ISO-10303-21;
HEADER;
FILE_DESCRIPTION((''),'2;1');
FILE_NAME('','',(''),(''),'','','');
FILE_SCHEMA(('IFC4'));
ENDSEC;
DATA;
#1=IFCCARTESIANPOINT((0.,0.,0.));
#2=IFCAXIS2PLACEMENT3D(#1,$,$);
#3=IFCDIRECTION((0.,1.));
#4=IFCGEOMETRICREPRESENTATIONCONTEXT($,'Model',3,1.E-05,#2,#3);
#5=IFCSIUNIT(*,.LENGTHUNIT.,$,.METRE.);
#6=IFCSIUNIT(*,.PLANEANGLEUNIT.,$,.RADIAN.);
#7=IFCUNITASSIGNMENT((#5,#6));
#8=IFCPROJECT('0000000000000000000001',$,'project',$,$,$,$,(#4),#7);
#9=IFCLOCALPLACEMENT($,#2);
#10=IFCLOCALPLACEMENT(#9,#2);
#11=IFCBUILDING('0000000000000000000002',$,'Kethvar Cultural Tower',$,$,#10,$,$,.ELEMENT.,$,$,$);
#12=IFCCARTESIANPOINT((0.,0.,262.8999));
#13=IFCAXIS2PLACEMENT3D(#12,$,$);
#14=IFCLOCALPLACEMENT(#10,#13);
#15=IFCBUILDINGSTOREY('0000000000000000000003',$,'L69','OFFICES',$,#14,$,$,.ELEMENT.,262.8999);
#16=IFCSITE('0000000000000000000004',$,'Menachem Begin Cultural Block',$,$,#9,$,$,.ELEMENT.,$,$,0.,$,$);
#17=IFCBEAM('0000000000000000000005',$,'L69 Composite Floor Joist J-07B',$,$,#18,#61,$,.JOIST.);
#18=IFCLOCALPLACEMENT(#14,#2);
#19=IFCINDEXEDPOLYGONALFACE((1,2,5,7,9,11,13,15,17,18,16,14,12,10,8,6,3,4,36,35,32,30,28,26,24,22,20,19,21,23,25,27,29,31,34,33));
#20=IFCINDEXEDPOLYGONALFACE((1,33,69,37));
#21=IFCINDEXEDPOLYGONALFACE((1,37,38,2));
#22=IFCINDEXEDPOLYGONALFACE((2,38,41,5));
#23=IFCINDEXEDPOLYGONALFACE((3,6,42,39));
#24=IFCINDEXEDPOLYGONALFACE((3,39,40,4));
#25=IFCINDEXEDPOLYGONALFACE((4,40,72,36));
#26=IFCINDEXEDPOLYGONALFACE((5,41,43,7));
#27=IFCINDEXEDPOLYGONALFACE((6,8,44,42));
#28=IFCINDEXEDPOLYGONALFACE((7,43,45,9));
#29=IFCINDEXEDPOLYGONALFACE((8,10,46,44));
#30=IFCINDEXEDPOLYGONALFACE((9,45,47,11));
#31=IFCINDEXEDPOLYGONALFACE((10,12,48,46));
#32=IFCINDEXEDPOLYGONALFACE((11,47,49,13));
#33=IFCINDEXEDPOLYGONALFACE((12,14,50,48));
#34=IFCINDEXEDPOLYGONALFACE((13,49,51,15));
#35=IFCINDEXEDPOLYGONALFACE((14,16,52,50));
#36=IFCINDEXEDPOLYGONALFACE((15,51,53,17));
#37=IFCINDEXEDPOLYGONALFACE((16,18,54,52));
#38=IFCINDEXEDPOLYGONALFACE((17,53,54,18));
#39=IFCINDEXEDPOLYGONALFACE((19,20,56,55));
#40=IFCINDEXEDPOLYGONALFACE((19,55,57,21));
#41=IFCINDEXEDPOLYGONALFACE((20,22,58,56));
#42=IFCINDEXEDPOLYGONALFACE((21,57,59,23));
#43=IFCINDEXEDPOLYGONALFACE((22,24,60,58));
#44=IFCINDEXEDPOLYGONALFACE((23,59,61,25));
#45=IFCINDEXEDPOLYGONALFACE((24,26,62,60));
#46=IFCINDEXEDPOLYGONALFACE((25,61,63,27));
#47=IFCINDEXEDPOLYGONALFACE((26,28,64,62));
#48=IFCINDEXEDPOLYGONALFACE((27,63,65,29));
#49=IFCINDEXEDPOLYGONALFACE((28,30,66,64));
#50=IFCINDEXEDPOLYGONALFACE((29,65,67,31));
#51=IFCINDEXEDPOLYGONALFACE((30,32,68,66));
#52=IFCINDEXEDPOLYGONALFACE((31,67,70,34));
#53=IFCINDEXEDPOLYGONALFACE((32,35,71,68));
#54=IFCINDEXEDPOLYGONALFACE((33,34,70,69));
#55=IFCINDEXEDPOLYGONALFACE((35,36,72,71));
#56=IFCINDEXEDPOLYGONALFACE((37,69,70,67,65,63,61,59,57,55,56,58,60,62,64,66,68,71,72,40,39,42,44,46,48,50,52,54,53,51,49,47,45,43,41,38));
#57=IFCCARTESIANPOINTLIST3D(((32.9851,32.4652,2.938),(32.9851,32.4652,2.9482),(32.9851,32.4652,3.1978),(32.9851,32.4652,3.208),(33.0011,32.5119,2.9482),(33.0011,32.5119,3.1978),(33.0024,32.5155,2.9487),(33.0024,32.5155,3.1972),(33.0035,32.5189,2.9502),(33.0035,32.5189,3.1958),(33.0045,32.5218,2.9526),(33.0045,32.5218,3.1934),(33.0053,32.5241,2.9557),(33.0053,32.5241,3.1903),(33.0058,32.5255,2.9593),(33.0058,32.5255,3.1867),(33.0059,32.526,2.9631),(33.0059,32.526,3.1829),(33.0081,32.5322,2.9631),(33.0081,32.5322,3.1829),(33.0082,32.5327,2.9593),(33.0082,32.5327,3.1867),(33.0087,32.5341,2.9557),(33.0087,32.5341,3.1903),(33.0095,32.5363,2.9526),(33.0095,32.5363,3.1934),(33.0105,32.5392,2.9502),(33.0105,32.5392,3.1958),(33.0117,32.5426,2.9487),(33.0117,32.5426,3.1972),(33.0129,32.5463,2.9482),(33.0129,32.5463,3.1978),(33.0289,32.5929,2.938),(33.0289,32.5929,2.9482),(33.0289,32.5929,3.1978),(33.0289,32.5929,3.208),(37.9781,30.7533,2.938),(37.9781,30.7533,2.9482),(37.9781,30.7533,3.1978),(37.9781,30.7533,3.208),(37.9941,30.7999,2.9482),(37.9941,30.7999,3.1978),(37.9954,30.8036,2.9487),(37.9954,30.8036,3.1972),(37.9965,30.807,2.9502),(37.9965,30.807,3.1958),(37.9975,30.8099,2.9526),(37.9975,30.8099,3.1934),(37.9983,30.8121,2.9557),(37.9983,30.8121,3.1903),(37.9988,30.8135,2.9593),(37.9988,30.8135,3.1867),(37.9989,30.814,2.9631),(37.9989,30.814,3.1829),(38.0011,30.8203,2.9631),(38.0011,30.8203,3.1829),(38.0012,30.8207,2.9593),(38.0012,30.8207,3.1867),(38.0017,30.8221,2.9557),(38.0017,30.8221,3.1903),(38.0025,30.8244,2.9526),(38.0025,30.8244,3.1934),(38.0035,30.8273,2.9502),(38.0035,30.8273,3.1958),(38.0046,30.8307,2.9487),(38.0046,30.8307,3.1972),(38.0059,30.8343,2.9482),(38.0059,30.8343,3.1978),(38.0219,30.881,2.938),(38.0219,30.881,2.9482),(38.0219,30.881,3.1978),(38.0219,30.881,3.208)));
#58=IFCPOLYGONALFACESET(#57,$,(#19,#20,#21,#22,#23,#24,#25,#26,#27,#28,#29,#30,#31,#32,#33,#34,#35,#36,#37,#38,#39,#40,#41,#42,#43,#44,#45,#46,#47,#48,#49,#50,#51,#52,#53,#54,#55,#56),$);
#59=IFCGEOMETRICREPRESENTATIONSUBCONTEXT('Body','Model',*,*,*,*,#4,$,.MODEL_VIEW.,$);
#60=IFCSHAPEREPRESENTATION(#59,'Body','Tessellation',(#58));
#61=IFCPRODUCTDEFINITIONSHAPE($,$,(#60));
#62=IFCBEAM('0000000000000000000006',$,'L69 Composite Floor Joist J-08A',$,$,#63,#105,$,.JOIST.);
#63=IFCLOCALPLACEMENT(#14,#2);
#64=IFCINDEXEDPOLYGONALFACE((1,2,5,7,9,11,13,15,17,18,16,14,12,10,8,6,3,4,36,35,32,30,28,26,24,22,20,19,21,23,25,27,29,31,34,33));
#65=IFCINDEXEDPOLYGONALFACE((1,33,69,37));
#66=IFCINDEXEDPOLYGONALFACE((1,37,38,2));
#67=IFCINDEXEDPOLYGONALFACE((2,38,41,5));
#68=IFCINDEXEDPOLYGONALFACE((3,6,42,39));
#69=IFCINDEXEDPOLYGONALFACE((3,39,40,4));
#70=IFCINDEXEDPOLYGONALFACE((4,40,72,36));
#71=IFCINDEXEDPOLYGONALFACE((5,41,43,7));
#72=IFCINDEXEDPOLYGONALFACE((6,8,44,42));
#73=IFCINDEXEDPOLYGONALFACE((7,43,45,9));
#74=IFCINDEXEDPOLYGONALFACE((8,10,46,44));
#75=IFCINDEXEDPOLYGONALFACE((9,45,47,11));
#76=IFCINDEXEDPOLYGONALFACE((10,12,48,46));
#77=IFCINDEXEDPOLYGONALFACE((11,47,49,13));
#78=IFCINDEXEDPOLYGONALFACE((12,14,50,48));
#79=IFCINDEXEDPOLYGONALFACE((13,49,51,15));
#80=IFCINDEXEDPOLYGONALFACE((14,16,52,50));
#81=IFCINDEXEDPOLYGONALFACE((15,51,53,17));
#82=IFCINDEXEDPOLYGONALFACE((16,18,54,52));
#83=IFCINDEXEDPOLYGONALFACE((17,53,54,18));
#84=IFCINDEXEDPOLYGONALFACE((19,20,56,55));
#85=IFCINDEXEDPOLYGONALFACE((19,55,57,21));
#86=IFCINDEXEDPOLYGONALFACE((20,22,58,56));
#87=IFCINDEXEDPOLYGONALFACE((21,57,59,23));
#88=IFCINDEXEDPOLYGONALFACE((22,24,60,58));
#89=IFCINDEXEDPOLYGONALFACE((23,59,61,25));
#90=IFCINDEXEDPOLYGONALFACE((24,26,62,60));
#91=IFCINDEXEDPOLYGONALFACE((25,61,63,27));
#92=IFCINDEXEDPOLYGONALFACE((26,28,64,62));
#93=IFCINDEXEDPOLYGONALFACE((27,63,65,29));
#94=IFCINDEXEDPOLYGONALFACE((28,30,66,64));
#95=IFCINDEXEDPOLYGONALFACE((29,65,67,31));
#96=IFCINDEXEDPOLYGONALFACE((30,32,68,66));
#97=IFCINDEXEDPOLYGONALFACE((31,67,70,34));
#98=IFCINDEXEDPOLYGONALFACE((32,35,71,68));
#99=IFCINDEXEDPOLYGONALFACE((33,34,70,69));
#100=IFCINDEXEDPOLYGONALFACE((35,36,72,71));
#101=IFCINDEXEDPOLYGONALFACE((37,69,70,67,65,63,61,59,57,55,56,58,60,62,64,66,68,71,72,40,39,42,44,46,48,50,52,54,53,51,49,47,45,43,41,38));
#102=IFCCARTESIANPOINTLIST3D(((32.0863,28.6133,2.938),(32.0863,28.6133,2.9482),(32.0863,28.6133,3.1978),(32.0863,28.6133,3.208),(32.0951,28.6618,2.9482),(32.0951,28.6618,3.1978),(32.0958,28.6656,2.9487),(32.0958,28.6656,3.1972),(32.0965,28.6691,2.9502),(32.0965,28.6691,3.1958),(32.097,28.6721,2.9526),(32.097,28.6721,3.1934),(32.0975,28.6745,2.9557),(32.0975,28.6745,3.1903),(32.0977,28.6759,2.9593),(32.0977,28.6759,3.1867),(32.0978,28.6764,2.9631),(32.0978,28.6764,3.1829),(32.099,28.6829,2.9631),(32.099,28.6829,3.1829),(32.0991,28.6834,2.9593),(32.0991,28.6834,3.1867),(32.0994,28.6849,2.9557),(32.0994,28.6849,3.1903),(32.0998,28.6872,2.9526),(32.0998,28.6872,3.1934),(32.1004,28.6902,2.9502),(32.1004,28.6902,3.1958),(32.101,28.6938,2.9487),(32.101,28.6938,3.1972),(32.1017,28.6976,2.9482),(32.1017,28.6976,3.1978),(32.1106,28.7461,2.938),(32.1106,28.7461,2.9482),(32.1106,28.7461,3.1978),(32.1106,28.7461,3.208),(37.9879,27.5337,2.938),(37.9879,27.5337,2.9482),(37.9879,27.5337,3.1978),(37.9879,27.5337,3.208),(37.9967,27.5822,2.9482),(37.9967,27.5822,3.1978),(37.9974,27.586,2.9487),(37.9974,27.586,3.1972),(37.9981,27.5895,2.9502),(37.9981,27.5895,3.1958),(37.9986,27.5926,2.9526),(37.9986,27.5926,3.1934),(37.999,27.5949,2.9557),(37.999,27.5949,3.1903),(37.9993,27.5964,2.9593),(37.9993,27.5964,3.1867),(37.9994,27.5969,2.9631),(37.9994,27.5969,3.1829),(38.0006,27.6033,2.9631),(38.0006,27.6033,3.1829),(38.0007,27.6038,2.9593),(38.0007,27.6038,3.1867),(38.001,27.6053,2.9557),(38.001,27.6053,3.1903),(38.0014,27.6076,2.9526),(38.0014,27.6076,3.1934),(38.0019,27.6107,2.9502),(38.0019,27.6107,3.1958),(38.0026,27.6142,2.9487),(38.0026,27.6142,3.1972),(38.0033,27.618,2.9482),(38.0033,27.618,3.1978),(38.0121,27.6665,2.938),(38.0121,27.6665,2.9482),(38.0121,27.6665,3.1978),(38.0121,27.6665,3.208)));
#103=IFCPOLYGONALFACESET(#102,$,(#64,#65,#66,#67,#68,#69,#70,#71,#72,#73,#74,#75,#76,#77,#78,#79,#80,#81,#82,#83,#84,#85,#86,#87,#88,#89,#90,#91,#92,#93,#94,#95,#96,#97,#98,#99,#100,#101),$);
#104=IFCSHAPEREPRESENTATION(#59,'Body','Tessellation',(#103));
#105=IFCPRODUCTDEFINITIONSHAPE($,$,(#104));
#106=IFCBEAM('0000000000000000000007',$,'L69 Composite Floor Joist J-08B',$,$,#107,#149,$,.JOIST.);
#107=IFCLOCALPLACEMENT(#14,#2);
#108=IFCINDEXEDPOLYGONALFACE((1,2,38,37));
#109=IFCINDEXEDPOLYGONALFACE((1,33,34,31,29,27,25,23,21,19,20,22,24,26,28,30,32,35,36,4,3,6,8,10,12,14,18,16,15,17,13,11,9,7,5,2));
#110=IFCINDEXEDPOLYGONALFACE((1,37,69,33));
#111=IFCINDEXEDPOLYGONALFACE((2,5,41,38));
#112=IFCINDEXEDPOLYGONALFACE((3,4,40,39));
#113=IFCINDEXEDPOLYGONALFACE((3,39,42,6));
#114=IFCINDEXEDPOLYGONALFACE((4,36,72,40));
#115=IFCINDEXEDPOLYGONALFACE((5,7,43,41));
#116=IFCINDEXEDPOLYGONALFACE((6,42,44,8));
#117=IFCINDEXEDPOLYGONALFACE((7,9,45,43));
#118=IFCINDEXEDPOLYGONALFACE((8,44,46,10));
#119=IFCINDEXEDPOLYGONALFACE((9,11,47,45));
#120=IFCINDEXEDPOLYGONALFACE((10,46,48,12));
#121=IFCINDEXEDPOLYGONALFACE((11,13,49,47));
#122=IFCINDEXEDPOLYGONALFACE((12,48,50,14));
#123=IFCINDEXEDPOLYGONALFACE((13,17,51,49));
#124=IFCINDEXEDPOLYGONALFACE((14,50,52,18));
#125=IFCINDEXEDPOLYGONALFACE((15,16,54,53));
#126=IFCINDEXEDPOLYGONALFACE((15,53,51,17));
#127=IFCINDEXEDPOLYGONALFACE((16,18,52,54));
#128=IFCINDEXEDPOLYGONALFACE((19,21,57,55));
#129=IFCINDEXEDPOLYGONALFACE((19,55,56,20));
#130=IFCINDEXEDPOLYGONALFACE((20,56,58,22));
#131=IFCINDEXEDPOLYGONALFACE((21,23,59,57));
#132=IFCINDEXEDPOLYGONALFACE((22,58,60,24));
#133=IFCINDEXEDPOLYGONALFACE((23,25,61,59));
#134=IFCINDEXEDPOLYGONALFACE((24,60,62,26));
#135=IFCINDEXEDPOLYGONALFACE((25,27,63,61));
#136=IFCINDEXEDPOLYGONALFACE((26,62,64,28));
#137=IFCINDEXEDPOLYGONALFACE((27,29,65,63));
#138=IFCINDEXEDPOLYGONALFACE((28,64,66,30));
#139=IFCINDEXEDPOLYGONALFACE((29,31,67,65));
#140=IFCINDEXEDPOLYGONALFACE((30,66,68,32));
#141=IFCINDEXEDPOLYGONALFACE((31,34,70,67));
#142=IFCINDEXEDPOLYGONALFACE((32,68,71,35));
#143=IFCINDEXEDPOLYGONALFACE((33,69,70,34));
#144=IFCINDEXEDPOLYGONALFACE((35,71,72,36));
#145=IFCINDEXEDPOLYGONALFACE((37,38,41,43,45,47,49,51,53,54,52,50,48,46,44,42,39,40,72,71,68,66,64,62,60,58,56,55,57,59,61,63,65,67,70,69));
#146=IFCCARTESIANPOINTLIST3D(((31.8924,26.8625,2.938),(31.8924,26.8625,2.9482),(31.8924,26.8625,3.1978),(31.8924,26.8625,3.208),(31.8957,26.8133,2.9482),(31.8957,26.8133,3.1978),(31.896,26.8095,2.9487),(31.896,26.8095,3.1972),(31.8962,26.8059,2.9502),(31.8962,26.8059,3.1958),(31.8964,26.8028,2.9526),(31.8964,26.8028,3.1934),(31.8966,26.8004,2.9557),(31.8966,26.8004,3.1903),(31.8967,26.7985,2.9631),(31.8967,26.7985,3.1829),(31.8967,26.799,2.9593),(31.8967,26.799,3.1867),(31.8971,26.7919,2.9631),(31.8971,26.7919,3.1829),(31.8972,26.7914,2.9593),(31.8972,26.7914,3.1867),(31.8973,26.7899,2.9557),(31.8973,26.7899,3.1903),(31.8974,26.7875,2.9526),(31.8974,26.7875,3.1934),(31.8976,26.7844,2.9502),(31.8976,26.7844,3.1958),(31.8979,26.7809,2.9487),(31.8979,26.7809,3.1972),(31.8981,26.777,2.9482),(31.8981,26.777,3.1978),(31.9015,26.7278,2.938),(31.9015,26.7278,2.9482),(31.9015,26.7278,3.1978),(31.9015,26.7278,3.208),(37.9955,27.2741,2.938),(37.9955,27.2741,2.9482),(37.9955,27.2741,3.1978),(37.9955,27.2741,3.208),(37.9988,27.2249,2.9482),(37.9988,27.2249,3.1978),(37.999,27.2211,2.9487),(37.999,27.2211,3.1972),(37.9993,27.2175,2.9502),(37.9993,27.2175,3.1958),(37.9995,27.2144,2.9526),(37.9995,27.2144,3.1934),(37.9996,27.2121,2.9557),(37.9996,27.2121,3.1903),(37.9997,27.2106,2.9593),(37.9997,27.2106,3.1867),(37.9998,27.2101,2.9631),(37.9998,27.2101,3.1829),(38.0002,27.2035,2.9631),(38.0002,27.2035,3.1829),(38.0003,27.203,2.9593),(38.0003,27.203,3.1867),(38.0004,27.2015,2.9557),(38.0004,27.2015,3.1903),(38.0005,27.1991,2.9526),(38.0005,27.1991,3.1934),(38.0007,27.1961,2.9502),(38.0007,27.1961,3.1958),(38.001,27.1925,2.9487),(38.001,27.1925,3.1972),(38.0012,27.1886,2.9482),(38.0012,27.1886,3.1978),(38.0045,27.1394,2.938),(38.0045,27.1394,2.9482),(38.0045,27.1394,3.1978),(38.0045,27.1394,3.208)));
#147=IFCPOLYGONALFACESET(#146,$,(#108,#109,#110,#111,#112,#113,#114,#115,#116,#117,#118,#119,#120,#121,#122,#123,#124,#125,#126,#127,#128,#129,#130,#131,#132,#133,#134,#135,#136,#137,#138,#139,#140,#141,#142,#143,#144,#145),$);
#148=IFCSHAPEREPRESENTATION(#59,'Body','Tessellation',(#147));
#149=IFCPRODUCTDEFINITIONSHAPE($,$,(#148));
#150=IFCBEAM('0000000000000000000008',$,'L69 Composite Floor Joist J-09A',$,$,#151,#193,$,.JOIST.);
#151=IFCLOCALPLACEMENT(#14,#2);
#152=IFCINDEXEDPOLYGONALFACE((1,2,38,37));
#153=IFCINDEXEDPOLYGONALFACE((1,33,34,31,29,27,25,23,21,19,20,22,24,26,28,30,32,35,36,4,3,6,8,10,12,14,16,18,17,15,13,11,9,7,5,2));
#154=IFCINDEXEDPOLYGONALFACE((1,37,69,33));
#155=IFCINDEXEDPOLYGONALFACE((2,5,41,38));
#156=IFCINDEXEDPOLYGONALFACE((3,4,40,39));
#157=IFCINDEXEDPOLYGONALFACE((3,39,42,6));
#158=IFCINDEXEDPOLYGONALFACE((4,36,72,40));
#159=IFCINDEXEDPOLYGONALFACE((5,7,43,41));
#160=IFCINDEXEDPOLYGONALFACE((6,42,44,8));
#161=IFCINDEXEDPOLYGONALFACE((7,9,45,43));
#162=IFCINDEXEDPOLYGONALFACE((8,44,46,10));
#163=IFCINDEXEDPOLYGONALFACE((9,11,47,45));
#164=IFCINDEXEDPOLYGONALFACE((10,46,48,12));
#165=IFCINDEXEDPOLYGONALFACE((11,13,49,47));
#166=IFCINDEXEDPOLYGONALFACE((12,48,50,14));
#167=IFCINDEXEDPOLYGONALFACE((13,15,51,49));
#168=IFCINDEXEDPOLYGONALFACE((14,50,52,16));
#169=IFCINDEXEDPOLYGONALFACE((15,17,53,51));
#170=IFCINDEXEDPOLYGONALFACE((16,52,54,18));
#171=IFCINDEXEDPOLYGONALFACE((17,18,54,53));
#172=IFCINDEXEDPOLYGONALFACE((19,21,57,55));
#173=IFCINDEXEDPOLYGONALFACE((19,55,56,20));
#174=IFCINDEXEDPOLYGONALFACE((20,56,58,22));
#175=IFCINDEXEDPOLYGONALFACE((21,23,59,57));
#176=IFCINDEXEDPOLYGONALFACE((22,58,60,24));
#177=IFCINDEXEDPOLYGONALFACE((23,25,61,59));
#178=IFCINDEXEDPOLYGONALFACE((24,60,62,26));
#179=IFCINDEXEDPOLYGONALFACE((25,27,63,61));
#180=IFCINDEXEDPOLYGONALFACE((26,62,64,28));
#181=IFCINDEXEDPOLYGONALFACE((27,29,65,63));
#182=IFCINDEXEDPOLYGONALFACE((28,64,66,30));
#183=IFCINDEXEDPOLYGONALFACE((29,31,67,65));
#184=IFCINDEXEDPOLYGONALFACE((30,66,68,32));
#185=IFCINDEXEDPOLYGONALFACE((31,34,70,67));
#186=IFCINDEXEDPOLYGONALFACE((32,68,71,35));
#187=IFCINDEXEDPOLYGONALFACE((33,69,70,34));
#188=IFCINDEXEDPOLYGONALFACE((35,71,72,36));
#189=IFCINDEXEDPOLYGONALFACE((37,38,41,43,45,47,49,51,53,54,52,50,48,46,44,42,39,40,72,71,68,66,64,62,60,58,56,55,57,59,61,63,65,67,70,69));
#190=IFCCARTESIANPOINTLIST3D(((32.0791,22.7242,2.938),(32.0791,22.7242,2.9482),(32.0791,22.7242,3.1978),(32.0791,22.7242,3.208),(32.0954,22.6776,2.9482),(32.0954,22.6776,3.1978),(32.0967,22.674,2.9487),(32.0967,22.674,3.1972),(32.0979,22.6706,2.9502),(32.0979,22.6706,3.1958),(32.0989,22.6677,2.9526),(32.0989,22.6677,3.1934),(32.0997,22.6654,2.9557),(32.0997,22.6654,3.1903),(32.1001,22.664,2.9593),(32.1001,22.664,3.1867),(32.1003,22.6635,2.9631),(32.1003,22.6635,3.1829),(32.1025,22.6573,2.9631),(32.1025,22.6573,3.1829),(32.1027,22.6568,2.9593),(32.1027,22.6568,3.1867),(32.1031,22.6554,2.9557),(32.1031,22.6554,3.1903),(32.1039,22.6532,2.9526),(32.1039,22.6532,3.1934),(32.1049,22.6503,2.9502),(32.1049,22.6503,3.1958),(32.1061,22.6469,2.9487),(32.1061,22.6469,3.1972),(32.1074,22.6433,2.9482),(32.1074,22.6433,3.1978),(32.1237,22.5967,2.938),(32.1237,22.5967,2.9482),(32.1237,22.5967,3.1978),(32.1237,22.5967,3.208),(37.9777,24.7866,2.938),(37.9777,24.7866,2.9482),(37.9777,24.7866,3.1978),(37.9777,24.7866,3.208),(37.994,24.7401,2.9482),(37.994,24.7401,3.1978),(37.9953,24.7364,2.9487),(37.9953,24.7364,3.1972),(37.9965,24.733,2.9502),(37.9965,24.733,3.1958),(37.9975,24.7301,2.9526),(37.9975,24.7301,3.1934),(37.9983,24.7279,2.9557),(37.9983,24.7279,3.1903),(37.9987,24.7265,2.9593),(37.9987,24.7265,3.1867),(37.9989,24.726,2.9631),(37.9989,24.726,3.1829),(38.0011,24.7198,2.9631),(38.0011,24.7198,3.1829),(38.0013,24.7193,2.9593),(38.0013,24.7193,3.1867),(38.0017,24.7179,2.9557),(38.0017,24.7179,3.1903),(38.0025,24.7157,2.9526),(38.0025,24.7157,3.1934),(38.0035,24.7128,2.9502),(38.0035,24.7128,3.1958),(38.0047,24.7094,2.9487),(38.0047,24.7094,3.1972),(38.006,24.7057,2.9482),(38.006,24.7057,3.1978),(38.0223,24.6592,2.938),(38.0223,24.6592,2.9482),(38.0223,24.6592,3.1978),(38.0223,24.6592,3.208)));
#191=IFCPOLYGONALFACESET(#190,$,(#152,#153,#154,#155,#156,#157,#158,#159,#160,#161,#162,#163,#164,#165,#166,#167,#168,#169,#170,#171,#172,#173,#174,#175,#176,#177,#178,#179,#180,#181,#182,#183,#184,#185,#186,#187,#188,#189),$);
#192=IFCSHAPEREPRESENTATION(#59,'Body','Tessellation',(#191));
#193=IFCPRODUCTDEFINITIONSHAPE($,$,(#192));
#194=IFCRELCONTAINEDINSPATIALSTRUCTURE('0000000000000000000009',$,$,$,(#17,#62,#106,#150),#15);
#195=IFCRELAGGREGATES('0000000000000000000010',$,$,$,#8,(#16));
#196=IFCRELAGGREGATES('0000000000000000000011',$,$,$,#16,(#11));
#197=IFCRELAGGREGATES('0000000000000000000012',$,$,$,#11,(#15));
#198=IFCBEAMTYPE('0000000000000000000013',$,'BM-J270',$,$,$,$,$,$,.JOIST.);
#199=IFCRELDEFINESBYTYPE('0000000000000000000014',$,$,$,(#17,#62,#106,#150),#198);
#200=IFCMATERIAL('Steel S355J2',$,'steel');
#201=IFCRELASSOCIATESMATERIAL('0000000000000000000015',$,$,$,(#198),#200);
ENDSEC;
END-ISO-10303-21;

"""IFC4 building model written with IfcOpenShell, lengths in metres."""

from ifc_helpers import new_model, si_unit, direction, frame, origin, origin_2d, place, context, subcontext, project, spatial, i_section, extrude, source, transform, mapped, material, material_profile, profile_set, type_object, element, save


model = new_model("IFC4")

# Units and contexts
model_context = context("Model", 3, precision=1e-05, world=origin(), true_north=direction((0.0, 1.0)))
body_context = subcontext(model_context, "Body", "Model", "MODEL_VIEW")
ifc_project = project(units=[si_unit("LENGTHUNIT", "METRE"), si_unit("PLANEANGLEUNIT", "RADIAN")], contexts=[model_context])

# Site, building, storey
site_placement = place(None, origin())
site = spatial("IfcSite", under=ifc_project, at=site_placement, Name="Menachem Begin Cultural Block", CompositionType="ELEMENT", RefElevation=0.0)
building_placement = place(site_placement, origin())
building = spatial("IfcBuilding", under=site, at=building_placement, Name="Kethvar Cultural Tower", CompositionType="ELEMENT")
storey_placement = place(building_placement, frame((0.0, 0.0, 262.8999)))
storey = spatial("IfcBuildingStorey", under=building, at=storey_placement, Name="L69", Description="OFFICES", CompositionType="ELEMENT", Elevation=262.8999)

# Beams
ifc_material_1 = material(Name="Steel S355J2", Category="steel")
ifc_material_profile_1 = material_profile(ifc_material_1, i_section(OverallWidth=0.135, OverallDepth=0.27, WebThickness=0.0066, FlangeThickness=0.0103, FilletRadius=0.0149, at=origin_2d()), Name="Steel S355J2 — IPE270")
ifc_profile_set_1 = profile_set([ifc_material_profile_1], Name="Steel S355J2 — IPE270")
beam_type_1 = type_object("IfcBeamType", Name="BM-J270", PredefinedType="JOIST", material=ifc_profile_set_1)
shared_shape_1 = source(origin(), body_context, "Body", "SweptSolid", [
    extrude(i_section(OverallWidth=0.135, OverallDepth=0.27, WebThickness=0.0066, FlangeThickness=0.0103, FilletRadius=0.0149, at=origin_2d()), origin(), (0.0, 0.0, 1.0), 5.2783),
])
beam_1_placement = place(storey_placement, frame((38.0, 30.8171, 3.073), z_axis=(-0.945943, 0.324334, 0.0), x_axis=(-0.324334, -0.945943, 0.0)))
element("IfcBeam", 1, at=beam_1_placement, inside=storey, type_object=beam_type_1, Name="L69 Composite Floor Joist J-07B", PredefinedType="JOIST", context=body_context, shape_type="MappedRepresentation", body=[
    mapped(shared_shape_1, transform((0.0, 0.0, 0.0), scale=1.0)),
])
shared_shape_2 = source(origin(), body_context, "Body", "SweptSolid", [
    extrude(i_section(OverallWidth=0.135, OverallDepth=0.27, WebThickness=0.0066, FlangeThickness=0.0103, FilletRadius=0.0149, at=origin_2d()), origin(), (0.0, 0.0, 1.0), 5.9995),
])
beam_2_placement = place(storey_placement, frame((38.0, 27.6001, 3.073), z_axis=(-0.983677, 0.179945, 0.0), x_axis=(-0.179945, -0.983677, 0.0)))
element("IfcBeam", 2, at=beam_2_placement, inside=storey, type_object=beam_type_1, Name="L69 Composite Floor Joist J-08A", PredefinedType="JOIST", context=body_context, shape_type="MappedRepresentation", body=[
    mapped(shared_shape_2, transform((0.0, 0.0, 0.0), scale=1.0)),
])
shared_shape_3 = source(origin(), body_context, "Body", "SweptSolid", [
    extrude(i_section(OverallWidth=0.135, OverallDepth=0.27, WebThickness=0.0066, FlangeThickness=0.0103, FilletRadius=0.0149, at=origin_2d()), origin(), (0.0, 0.0, 1.0), 6.1169),
])
beam_3_placement = place(storey_placement, frame((38.0, 27.2068, 3.073), z_axis=(-0.997733, -0.067293, 0.0), x_axis=(0.067293, -0.997733, 0.0)))
element("IfcBeam", 3, at=beam_3_placement, inside=storey, type_object=beam_type_1, Name="L69 Composite Floor Joist J-08B", PredefinedType="JOIST", context=body_context, shape_type="MappedRepresentation", body=[
    mapped(shared_shape_3, transform((0.0, 0.0, 0.0), scale=1.0)),
])
shared_shape_4 = source(origin(), body_context, "Body", "SweptSolid", [
    extrude(i_section(OverallWidth=0.135, OverallDepth=0.27, WebThickness=0.0066, FlangeThickness=0.0103, FilletRadius=0.0149, at=origin_2d()), origin(), (0.0, 0.0, 1.0), 6.2488),
])
beam_4_placement = place(storey_placement, frame((38.0, 24.7229, 3.073), z_axis=(-0.94396, -0.33006, 0.0), x_axis=(0.33006, -0.94396, 0.0)))
element("IfcBeam", 4, at=beam_4_placement, inside=storey, type_object=beam_type_1, Name="L69 Composite Floor Joist J-09A", PredefinedType="JOIST", context=body_context, shape_type="MappedRepresentation", body=[
    mapped(shared_shape_4, transform((0.0, 0.0, 0.0), scale=1.0)),
])

save(model, "model.ifc")
